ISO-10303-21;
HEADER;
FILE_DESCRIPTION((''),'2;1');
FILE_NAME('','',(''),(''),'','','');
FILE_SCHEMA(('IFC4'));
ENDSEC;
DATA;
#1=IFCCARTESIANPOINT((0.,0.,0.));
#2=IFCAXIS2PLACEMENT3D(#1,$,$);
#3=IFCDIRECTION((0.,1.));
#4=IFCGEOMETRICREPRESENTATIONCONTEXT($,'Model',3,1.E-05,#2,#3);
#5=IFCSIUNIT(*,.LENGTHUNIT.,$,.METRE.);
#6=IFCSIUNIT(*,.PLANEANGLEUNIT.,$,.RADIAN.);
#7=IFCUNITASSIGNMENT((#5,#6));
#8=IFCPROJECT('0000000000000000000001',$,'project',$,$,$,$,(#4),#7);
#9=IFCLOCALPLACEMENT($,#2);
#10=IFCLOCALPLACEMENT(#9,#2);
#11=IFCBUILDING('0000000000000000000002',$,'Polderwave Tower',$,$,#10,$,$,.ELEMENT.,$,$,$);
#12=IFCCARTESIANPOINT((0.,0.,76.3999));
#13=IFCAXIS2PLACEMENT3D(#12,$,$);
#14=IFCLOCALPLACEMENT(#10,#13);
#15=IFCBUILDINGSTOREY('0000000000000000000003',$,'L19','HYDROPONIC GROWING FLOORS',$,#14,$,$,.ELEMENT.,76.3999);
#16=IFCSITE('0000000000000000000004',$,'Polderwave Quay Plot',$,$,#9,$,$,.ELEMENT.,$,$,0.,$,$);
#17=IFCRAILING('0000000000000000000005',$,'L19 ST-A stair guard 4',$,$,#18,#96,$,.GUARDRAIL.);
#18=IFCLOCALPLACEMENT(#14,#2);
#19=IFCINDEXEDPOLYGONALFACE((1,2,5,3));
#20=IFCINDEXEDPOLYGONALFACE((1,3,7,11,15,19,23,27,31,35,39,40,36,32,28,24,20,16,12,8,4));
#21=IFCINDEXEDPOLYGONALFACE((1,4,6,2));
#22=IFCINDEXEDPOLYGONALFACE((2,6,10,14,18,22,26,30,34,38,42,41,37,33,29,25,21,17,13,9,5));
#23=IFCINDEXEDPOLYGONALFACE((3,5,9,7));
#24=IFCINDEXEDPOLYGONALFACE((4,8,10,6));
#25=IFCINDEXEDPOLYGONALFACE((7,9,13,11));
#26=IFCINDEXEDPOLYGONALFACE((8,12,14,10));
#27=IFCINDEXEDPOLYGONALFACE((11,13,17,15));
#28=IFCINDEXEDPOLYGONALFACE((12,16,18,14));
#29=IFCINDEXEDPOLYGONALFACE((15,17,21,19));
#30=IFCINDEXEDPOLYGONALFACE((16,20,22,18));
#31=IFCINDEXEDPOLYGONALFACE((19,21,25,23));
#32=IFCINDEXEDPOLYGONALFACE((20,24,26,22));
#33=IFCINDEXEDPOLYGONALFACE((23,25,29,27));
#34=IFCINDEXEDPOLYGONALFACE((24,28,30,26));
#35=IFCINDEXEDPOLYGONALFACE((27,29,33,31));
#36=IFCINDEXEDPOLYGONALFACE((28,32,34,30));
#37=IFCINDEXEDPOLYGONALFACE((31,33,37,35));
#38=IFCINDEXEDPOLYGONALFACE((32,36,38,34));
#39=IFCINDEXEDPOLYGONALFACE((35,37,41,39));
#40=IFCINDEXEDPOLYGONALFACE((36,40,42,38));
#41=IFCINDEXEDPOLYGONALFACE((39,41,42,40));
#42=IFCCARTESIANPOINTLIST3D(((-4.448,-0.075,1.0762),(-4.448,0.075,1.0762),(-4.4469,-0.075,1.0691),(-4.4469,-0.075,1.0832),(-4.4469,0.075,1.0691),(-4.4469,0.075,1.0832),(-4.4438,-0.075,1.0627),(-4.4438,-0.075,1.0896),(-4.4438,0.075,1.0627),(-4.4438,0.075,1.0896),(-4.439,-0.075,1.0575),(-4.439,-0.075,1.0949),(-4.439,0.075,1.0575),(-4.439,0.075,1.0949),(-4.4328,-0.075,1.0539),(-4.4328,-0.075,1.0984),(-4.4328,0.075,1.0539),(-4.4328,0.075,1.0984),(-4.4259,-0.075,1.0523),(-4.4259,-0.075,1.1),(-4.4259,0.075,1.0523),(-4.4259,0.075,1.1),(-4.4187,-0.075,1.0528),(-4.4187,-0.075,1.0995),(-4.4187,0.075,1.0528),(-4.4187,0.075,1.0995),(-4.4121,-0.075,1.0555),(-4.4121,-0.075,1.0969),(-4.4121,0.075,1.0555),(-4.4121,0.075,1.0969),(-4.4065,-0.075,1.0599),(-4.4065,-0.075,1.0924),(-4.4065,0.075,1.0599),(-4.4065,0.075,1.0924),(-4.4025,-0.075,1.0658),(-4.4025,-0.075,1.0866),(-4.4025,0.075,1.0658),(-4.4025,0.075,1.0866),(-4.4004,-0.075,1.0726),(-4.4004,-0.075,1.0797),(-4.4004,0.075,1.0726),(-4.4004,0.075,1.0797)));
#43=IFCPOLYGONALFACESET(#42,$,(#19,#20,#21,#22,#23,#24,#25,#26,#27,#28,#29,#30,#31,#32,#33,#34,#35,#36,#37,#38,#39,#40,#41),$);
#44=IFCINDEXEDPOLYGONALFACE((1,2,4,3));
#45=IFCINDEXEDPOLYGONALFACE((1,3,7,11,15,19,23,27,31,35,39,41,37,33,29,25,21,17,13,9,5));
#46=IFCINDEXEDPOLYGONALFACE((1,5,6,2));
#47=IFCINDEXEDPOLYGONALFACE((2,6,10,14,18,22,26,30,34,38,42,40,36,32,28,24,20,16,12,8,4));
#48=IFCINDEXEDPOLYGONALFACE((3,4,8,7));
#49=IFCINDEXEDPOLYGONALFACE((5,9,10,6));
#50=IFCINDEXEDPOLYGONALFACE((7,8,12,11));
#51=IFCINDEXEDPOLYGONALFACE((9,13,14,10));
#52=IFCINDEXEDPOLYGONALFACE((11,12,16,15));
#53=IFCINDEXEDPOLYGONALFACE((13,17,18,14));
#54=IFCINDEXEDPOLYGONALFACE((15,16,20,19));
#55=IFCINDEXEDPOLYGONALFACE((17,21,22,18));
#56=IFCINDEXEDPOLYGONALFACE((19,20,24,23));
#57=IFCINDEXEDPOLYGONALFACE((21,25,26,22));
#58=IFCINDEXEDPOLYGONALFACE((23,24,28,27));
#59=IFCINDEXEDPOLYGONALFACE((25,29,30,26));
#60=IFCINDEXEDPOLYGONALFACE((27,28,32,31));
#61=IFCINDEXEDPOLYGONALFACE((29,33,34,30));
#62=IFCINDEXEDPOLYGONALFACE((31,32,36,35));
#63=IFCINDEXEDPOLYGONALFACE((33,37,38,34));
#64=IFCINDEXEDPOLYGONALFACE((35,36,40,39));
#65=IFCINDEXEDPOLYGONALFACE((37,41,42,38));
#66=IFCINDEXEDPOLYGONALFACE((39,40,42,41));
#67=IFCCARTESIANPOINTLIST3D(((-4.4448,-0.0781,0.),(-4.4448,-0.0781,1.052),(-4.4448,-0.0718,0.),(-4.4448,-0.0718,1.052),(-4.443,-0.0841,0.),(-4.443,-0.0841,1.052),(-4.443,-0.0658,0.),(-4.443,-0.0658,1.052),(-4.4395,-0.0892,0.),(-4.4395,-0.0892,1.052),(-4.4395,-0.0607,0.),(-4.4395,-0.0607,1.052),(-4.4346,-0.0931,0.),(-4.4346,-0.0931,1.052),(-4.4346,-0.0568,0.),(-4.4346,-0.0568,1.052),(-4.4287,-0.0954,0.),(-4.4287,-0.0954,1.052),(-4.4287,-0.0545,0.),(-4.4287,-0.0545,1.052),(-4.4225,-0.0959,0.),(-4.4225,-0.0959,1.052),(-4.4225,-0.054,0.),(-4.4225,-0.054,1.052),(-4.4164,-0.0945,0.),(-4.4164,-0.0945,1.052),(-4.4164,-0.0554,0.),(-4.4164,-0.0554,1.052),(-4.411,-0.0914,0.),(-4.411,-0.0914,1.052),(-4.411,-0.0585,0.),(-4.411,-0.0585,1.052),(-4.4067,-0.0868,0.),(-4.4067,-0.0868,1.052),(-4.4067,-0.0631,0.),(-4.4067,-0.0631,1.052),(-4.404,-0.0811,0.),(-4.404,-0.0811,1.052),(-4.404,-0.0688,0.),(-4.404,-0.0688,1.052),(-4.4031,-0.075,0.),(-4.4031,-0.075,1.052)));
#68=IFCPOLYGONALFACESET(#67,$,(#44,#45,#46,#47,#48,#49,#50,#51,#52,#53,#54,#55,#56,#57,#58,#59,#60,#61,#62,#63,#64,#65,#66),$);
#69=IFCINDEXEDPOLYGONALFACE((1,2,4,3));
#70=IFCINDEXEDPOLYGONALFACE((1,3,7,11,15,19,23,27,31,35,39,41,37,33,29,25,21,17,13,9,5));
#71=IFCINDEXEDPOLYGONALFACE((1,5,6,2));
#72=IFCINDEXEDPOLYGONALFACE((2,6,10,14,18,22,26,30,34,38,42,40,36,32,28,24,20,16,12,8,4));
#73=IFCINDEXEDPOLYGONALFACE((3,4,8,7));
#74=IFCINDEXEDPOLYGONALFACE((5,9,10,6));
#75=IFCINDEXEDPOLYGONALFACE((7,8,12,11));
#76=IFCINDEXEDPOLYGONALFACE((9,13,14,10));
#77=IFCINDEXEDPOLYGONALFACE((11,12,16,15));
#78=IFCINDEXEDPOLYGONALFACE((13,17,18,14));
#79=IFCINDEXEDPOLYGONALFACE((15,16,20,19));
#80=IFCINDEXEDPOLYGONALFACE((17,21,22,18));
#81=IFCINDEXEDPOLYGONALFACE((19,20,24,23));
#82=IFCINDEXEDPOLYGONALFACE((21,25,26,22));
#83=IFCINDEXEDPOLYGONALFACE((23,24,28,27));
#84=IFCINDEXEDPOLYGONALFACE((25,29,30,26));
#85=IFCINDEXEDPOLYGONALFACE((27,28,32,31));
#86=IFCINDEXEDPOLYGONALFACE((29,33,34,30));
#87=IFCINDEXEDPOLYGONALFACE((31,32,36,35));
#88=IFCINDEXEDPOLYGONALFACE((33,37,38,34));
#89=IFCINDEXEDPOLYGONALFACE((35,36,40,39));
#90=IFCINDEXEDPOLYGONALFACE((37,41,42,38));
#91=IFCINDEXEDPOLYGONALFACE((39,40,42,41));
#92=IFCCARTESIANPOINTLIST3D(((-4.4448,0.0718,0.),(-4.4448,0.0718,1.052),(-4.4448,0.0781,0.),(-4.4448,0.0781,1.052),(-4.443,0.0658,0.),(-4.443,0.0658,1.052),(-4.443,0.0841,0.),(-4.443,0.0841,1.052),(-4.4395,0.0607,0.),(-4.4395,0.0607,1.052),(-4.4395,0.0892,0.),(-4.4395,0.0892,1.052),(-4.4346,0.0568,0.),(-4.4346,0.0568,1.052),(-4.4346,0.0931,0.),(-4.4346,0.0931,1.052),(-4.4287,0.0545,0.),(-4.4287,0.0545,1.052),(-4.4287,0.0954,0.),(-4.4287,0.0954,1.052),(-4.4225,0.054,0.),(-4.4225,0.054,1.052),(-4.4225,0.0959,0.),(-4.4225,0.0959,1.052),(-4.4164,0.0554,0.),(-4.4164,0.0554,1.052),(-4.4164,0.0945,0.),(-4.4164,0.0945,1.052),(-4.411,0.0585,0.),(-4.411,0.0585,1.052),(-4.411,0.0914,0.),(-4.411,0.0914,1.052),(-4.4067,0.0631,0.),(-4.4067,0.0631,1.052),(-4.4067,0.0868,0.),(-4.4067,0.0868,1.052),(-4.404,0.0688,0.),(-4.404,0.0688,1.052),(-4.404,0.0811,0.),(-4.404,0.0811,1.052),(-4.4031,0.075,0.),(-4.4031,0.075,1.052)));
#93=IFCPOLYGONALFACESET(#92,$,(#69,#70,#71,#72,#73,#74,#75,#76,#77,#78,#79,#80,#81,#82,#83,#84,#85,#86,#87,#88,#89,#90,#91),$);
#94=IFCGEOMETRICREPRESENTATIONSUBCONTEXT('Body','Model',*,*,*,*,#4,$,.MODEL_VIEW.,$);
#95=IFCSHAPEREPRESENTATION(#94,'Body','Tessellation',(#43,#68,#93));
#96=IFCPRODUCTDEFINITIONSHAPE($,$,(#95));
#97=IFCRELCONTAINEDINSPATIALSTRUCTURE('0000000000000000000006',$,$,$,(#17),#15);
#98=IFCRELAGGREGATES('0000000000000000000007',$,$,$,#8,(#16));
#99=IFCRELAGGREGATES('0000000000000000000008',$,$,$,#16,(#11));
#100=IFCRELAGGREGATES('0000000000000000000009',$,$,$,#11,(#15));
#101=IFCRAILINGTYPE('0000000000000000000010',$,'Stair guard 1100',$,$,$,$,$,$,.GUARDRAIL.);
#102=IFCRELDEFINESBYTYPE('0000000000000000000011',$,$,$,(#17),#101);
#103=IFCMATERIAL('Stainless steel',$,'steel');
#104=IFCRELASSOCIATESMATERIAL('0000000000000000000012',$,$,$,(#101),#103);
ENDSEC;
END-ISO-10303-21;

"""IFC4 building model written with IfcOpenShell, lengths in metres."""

from ifc_helpers import new_model, si_unit, direction, frame, origin, origin_2d, place, context, subcontext, project, spatial, circle, extrude, material, type_object, element, save


model = new_model("IFC4")

# Units and contexts
model_context = context("Model", 3, precision=1e-05, world=origin(), true_north=direction((0.0, 1.0)))
body_context = subcontext(model_context, "Body", "Model", "MODEL_VIEW")
ifc_project = project(units=[si_unit("LENGTHUNIT", "METRE"), si_unit("PLANEANGLEUNIT", "RADIAN")], contexts=[model_context])

# Site, building, storey
site_placement = place(None, origin())
site = spatial("IfcSite", under=ifc_project, at=site_placement, Name="Polderwave Quay Plot", CompositionType="ELEMENT", RefElevation=0.0)
building_placement = place(site_placement, origin())
building = spatial("IfcBuilding", under=site, at=building_placement, Name="Polderwave Tower", CompositionType="ELEMENT")
storey_placement = place(building_placement, frame((0.0, 0.0, 76.3999)))
storey = spatial("IfcBuildingStorey", under=building, at=storey_placement, Name="L19", Description="HYDROPONIC GROWING FLOORS", CompositionType="ELEMENT", Elevation=76.3999)

# Shared definitions
ifc_material_1 = material(Name="Stainless steel", Category="steel")

# Railing
railing_type_1 = type_object("IfcRailingType", Name="Stair guard 1100", PredefinedType="GUARDRAIL", material=ifc_material_1)
railing_1_placement = place(storey_placement, frame((-4.4241, -0.075, 0.0)))
element("IfcRailing", 1, at=railing_1_placement, inside=storey, type_object=railing_type_1, Name="L19 ST-A stair guard 4", PredefinedType="GUARDRAIL", context=body_context, shape_type="SweptSolid", body=[
    extrude(circle(Radius=0.0239, at=origin_2d()), frame((0.0, 0.0, 1.0762), z_axis=(0.0, 1.0, 0.0), x_axis=(-1.0, 0.0, 0.0)), (0.0, 0.0, 1.0), 0.1499),
    extrude(circle(Radius=0.021, at=origin_2d()), origin(), (0.0, 0.0, 1.0), 1.052),
    extrude(circle(Radius=0.021, at=origin_2d()), frame((0.0, 0.1499, 0.0)), (0.0, 0.0, 1.0), 1.052),
])

save(model, "model.ifc")
